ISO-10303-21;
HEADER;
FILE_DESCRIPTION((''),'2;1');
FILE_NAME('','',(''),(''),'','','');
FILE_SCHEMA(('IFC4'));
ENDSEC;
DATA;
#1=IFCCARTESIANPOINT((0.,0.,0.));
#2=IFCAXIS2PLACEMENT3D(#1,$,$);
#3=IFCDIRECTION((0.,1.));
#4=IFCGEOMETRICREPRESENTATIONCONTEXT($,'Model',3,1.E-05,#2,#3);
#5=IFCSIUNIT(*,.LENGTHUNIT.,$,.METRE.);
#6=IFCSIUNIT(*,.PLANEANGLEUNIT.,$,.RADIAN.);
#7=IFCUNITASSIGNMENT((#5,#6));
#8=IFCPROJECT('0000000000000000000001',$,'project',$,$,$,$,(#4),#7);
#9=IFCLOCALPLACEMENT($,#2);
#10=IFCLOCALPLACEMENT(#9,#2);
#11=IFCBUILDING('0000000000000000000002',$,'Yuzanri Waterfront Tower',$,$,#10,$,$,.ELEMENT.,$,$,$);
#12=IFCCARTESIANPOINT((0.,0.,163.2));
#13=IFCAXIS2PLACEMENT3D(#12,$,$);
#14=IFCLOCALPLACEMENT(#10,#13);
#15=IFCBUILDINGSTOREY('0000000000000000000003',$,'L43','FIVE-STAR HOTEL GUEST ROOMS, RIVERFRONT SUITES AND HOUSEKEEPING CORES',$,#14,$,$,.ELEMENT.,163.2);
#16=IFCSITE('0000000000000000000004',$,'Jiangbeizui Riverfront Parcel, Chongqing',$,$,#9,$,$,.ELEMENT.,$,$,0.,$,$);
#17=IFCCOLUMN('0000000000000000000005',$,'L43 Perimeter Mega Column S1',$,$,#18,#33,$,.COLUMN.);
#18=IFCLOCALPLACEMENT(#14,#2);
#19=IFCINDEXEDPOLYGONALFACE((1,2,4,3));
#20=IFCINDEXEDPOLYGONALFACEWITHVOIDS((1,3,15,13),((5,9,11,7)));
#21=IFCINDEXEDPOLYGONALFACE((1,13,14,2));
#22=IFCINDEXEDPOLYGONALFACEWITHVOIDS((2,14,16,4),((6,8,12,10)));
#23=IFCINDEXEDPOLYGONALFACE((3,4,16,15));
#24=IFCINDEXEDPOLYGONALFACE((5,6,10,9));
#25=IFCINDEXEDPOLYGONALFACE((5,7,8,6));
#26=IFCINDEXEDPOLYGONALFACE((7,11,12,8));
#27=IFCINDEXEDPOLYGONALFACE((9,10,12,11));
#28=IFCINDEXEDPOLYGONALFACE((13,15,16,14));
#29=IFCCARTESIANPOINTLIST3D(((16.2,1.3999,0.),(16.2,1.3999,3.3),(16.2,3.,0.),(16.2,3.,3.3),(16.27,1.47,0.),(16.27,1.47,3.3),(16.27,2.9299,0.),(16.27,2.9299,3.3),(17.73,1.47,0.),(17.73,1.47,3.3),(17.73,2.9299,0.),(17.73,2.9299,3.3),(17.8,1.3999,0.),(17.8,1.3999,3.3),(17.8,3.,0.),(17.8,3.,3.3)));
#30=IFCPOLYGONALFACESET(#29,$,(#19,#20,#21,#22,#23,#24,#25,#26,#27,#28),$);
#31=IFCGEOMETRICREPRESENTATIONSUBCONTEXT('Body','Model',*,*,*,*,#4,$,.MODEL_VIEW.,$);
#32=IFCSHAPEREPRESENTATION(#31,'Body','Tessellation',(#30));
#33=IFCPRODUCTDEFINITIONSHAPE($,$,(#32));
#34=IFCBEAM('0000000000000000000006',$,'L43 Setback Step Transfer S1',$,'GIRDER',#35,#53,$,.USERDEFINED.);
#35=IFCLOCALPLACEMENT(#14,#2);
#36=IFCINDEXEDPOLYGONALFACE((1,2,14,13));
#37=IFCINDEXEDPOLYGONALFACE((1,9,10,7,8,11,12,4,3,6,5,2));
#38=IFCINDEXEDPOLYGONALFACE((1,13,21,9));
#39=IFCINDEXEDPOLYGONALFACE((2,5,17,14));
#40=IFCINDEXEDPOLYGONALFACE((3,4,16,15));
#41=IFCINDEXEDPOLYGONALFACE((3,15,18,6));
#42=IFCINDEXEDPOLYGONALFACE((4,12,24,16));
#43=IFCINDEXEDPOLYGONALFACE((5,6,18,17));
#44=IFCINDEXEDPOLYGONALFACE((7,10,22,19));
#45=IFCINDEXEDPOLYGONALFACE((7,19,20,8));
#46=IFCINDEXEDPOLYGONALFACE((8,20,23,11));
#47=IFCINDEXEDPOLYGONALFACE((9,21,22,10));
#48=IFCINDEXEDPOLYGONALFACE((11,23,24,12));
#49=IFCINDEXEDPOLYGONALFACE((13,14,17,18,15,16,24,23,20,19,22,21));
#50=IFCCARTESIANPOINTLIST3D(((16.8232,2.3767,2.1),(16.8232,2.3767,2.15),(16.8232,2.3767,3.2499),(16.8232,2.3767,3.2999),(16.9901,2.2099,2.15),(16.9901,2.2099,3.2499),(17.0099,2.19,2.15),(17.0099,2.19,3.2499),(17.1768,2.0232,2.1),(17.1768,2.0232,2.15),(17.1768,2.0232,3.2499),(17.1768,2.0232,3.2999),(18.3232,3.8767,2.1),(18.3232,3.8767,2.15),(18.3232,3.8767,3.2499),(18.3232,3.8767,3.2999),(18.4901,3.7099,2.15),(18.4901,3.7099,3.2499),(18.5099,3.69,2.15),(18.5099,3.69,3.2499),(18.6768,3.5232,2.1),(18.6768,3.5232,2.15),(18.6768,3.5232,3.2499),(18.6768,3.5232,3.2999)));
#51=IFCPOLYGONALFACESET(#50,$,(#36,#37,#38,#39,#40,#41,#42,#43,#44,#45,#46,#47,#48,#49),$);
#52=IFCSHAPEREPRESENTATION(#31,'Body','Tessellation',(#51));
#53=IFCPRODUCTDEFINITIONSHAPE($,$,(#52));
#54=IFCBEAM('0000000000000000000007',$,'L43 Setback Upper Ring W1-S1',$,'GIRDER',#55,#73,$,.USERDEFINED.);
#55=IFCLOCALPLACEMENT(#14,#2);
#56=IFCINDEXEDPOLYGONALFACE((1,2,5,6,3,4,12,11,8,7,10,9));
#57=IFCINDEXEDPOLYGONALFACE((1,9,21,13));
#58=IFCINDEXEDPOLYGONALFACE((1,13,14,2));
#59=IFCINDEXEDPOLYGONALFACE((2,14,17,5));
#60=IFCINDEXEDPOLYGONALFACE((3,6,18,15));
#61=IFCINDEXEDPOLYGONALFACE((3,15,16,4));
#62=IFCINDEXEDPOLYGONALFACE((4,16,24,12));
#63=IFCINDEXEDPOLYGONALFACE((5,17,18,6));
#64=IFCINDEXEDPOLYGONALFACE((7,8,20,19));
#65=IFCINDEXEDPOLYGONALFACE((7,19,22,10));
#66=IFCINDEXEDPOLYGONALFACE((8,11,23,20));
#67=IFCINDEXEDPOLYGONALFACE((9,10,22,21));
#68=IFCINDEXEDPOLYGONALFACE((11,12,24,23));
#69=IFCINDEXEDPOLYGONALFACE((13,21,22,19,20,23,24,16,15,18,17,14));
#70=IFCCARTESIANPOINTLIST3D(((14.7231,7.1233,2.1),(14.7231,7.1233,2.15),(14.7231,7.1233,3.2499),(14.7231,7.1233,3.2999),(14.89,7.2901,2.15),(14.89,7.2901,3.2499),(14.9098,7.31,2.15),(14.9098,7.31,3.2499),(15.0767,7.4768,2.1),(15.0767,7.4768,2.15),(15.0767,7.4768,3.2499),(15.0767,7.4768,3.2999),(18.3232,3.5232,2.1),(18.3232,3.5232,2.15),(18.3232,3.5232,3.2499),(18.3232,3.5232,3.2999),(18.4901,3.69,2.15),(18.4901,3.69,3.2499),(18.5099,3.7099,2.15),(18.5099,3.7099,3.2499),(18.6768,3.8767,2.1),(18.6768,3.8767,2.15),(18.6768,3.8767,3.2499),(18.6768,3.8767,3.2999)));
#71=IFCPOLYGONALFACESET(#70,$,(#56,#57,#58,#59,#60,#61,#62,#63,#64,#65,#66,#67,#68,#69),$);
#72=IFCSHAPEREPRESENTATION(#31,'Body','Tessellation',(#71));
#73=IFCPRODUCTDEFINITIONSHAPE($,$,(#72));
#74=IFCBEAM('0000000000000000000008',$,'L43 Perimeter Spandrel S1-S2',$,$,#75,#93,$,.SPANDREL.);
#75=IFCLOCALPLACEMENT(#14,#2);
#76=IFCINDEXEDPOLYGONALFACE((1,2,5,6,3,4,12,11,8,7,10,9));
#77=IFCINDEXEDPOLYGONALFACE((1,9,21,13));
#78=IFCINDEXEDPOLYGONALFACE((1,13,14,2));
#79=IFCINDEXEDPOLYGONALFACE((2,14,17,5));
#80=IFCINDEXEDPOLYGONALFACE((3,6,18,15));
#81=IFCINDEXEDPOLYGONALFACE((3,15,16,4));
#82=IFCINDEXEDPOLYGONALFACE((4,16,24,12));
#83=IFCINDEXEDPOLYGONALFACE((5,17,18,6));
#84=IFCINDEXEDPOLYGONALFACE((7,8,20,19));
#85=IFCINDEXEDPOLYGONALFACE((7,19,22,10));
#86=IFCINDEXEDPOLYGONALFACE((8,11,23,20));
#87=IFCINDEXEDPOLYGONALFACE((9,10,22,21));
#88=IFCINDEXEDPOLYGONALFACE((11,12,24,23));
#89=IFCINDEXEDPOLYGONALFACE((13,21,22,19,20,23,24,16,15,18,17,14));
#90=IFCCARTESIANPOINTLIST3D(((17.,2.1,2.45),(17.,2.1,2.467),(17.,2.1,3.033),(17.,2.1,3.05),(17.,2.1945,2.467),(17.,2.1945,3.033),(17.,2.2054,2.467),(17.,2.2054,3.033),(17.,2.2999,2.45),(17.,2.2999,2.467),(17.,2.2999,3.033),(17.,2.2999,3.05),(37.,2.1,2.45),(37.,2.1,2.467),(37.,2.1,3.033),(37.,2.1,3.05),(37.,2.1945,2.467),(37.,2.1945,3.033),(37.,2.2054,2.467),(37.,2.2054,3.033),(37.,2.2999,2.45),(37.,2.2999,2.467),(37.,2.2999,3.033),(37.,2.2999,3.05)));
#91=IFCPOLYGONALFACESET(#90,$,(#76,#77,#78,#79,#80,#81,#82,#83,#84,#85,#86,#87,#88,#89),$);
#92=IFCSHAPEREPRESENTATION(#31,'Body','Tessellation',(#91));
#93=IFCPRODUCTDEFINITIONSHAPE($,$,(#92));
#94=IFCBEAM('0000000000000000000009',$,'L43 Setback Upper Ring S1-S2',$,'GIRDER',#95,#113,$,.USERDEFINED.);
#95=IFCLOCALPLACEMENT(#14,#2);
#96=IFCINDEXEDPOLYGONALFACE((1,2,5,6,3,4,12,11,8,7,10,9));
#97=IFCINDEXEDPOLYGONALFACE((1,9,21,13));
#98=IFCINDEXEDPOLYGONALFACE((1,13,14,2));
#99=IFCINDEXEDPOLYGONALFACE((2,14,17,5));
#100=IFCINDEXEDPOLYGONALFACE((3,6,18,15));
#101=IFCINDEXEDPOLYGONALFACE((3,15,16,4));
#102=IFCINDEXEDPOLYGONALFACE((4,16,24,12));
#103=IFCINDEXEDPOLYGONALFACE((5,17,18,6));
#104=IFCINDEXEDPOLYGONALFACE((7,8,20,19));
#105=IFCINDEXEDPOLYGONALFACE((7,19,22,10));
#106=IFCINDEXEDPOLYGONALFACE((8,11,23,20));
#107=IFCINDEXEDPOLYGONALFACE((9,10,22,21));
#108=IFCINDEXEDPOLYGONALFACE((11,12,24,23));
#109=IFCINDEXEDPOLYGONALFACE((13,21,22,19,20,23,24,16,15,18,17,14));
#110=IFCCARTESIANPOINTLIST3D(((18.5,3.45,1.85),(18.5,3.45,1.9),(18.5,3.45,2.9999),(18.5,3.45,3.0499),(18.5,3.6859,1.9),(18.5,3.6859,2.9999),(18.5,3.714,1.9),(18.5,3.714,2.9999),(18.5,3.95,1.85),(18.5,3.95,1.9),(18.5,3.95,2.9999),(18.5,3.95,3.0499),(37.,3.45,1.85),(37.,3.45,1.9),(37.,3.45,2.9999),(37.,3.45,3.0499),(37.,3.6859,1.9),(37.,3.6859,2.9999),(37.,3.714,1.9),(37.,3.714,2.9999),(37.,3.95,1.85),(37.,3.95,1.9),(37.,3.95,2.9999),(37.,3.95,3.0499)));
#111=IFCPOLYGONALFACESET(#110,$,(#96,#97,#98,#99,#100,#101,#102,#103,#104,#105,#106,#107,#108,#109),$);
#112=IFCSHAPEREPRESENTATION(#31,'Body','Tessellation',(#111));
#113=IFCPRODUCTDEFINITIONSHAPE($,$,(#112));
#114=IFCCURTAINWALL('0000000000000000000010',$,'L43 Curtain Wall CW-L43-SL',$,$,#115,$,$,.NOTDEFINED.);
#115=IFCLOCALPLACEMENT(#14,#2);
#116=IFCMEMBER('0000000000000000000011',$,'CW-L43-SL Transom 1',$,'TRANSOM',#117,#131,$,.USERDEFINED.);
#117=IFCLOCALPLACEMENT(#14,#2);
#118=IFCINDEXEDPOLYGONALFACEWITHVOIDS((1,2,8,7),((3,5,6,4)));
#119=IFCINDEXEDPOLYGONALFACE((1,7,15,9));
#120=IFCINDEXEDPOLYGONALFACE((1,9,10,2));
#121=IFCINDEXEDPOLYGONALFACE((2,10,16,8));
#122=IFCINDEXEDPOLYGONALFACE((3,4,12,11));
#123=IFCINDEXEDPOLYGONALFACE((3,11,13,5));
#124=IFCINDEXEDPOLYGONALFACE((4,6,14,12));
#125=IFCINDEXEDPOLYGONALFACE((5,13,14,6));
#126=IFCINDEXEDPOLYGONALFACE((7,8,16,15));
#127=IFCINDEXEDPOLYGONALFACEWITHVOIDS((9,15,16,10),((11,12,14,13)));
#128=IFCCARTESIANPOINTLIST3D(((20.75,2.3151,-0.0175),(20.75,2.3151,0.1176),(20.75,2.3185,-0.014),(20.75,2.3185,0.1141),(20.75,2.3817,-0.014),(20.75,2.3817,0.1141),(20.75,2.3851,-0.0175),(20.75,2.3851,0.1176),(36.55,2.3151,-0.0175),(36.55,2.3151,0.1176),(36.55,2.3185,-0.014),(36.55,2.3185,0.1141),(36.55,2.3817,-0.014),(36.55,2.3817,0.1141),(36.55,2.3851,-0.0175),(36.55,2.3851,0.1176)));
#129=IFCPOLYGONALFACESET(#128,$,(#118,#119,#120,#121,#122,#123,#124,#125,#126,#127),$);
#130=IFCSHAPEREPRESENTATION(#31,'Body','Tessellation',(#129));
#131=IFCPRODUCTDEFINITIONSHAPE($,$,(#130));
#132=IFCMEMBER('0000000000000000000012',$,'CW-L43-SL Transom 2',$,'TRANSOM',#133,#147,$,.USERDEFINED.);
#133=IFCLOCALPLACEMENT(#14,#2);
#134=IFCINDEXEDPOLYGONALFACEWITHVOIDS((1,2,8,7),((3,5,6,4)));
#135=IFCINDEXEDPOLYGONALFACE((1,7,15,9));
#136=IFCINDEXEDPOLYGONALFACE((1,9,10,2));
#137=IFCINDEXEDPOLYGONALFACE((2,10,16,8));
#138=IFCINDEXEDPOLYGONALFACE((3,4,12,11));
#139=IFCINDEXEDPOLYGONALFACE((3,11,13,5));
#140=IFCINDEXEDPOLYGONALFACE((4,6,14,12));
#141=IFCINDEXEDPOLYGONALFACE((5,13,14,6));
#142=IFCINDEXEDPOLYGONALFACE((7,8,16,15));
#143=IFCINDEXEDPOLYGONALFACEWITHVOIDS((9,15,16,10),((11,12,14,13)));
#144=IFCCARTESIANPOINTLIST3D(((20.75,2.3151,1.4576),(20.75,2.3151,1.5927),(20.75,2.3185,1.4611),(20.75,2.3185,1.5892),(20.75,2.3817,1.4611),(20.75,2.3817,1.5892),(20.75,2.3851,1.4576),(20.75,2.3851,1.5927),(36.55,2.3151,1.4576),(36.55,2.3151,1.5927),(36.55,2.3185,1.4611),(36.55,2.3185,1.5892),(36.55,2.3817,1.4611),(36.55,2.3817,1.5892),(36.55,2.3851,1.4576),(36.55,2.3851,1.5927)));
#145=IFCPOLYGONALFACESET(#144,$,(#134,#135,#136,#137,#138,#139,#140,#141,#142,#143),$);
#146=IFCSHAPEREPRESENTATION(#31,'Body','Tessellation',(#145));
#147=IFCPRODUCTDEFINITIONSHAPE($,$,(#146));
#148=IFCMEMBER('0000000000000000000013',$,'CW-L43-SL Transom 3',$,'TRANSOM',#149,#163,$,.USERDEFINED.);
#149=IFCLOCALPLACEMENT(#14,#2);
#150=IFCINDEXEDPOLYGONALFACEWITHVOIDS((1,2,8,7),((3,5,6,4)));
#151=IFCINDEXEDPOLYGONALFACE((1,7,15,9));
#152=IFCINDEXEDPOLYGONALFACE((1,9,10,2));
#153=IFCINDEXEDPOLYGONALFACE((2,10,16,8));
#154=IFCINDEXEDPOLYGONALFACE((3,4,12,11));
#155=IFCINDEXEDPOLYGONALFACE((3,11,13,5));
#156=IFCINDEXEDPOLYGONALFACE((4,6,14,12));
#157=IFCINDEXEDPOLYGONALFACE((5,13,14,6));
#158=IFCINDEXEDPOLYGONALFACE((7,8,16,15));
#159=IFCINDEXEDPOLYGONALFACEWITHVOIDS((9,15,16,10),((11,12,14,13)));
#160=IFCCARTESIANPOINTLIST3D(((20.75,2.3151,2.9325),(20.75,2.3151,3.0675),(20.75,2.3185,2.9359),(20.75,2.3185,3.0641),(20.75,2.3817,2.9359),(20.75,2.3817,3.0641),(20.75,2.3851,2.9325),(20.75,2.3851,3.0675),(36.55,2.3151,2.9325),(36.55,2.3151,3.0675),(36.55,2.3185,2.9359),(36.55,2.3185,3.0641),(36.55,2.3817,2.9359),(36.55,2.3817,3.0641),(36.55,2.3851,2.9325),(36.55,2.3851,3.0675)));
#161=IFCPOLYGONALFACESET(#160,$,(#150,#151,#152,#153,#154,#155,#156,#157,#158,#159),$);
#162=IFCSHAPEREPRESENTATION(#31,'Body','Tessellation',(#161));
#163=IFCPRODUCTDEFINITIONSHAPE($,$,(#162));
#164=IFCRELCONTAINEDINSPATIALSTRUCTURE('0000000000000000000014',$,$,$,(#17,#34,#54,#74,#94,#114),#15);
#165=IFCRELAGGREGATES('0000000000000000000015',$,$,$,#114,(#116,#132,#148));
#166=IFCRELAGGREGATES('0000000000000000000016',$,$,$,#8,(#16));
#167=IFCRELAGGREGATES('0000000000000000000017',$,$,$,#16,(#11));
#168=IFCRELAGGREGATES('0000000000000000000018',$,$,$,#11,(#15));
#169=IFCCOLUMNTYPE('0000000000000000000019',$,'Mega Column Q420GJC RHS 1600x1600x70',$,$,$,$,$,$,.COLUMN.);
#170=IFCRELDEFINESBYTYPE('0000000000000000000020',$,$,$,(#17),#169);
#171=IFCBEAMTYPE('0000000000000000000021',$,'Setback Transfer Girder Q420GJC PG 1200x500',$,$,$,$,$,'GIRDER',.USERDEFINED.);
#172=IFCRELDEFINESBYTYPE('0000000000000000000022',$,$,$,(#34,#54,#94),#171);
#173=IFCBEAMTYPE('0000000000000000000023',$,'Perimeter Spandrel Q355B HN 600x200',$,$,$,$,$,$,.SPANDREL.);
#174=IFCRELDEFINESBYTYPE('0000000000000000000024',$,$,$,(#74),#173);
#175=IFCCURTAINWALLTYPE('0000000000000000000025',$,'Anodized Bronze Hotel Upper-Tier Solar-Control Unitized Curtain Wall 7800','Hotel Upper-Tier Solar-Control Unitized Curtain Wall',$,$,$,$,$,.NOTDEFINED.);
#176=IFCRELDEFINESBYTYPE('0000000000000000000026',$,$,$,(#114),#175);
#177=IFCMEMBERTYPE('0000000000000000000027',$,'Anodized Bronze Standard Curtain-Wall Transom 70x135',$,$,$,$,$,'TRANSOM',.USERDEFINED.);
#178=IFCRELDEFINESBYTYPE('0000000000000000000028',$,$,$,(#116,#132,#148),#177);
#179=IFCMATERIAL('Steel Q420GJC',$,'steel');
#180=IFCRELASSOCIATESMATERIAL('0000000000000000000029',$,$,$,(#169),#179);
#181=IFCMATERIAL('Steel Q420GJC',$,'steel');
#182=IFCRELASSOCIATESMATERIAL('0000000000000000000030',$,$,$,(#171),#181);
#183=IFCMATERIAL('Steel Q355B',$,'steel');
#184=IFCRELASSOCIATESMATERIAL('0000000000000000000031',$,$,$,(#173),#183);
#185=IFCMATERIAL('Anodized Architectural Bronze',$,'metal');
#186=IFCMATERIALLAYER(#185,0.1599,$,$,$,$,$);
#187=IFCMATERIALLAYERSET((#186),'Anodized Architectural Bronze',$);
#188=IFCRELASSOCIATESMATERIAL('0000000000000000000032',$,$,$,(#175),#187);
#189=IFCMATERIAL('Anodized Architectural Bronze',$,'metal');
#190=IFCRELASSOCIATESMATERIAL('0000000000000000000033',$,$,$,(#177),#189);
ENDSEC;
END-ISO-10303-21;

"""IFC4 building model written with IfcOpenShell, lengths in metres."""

from ifc_helpers import new_model, si_unit, direction, frame, origin, origin_2d, place, context, subcontext, project, spatial, hollow_rectangle, i_section, extrude, source, transform, mapped, material, layer, layer_set, material_profile, profile_set, type_object, element, aggregate, save


model = new_model("IFC4")

# Units and contexts
model_context = context("Model", 3, precision=1e-05, world=origin(), true_north=direction((0.0, 1.0)))
body_context = subcontext(model_context, "Body", "Model", "MODEL_VIEW")
ifc_project = project(units=[si_unit("LENGTHUNIT", "METRE"), si_unit("PLANEANGLEUNIT", "RADIAN")], contexts=[model_context])

# Site, building, storey
site_placement = place(None, origin())
site = spatial("IfcSite", under=ifc_project, at=site_placement, Name="Jiangbeizui Riverfront Parcel, Chongqing", CompositionType="ELEMENT", RefElevation=0.0)
building_placement = place(site_placement, origin())
building = spatial("IfcBuilding", under=site, at=building_placement, Name="Yuzanri Waterfront Tower", CompositionType="ELEMENT")
storey_placement = place(building_placement, frame((0.0, 0.0, 163.2)))
storey = spatial("IfcBuildingStorey", under=building, at=storey_placement, Name="L43", Description="FIVE-STAR HOTEL GUEST ROOMS, RIVERFRONT SUITES AND HOUSEKEEPING CORES", CompositionType="ELEMENT", Elevation=163.2)

# Column
ifc_material_1 = material(Name="Steel Q420GJC", Category="steel")
ifc_material_profile_1 = material_profile(ifc_material_1, hollow_rectangle(XDim=1.6001, YDim=1.6001, WallThickness=0.0701, at=origin_2d()), Name="RHS 1600x1600x70")
ifc_profile_set_1 = profile_set([ifc_material_profile_1], Name="Steel Q420GJC")
column_type = type_object("IfcColumnType", Name="Mega Column Q420GJC RHS 1600x1600x70", PredefinedType="COLUMN", material=ifc_profile_set_1)
shared_shape_1 = source(origin(), body_context, "Body", "SweptSolid", [
    extrude(hollow_rectangle(XDim=1.6001, YDim=1.6001, WallThickness=0.0701, at=origin_2d()), origin(), (0.0, 0.0, 1.0), 3.3),
])
column_placement = place(storey_placement, frame((17.0, 2.2, 0.0), z_axis=(0.0, 0.0, 1.0), x_axis=(1.0, 0.0, 0.0)))
element("IfcColumn", 1, at=column_placement, inside=storey, type_object=column_type, Name="L43 Perimeter Mega Column S1", PredefinedType="COLUMN", context=body_context, shape_type="MappedRepresentation", body=[
    mapped(shared_shape_1, transform((0.0, 0.0, 0.0), scale=1.0)),
])

# Beams
ifc_material_2 = material(Name="Steel Q420GJC", Category="steel")
ifc_material_profile_2 = material_profile(ifc_material_2, i_section(OverallWidth=0.5, OverallDepth=1.2, WebThickness=0.0281, FlangeThickness=0.05, at=origin_2d()), Name="PG 1200x500x28x50")
ifc_profile_set_2 = profile_set([ifc_material_profile_2], Name="Steel Q420GJC")
beam_type_1 = type_object("IfcBeamType", Name="Setback Transfer Girder Q420GJC PG 1200x500", ElementType="GIRDER", PredefinedType="USERDEFINED", material=ifc_profile_set_2)
shared_shape_2 = source(origin(), body_context, "Body", "SweptSolid", [
    extrude(i_section(OverallWidth=0.5, OverallDepth=1.2, WebThickness=0.0281, FlangeThickness=0.05, at=origin_2d()), origin(), (0.0, 0.0, 1.0), 2.1213),
])
beam_1_placement = place(storey_placement, frame((18.5, 3.7, 2.7), z_axis=(-0.707107, -0.707107, 0.0), x_axis=(0.707107, -0.707107, 0.0)))
element("IfcBeam", 2, at=beam_1_placement, inside=storey, type_object=beam_type_1, Name="L43 Setback Step Transfer S1", ObjectType="GIRDER", PredefinedType="USERDEFINED", context=body_context, shape_type="MappedRepresentation", body=[
    mapped(shared_shape_2, transform((0.0, 0.0, 0.0), scale=1.0)),
])
shared_shape_3 = source(origin(), body_context, "Body", "SweptSolid", [
    extrude(i_section(OverallWidth=0.5, OverallDepth=1.2, WebThickness=0.0281, FlangeThickness=0.05, at=origin_2d()), origin(), (0.0, 0.0, 1.0), 5.0913),
])
beam_2_placement = place(storey_placement, frame((14.8999, 7.3, 2.7), z_axis=(0.707107, -0.707107, 0.0), x_axis=(0.707107, 0.707107, 0.0)))
element("IfcBeam", 3, at=beam_2_placement, inside=storey, type_object=beam_type_1, Name="L43 Setback Upper Ring W1-S1", ObjectType="GIRDER", PredefinedType="USERDEFINED", context=body_context, shape_type="MappedRepresentation", body=[
    mapped(shared_shape_3, transform((0.0, 0.0, 0.0), scale=1.0)),
])
ifc_material_3 = material(Name="Steel Q355B", Category="steel")
ifc_material_profile_3 = material_profile(ifc_material_3, i_section(OverallWidth=0.2, OverallDepth=0.6001, WebThickness=0.011, FlangeThickness=0.0171, at=origin_2d()), Name="HN 600x200x11x17")
ifc_profile_set_3 = profile_set([ifc_material_profile_3], Name="Steel Q355B")
beam_type_2 = type_object("IfcBeamType", Name="Perimeter Spandrel Q355B HN 600x200", PredefinedType="SPANDREL", material=ifc_profile_set_3)
shared_shape_4 = source(origin(), body_context, "Body", "SweptSolid", [
    extrude(i_section(OverallWidth=0.2, OverallDepth=0.6001, WebThickness=0.011, FlangeThickness=0.0171, at=origin_2d()), origin(), (0.0, 0.0, 1.0), 20.0),
])
beam_3_placement = place(storey_placement, frame((17.0, 2.2, 2.75), z_axis=(1.0, 0.0, 0.0), x_axis=(0.0, 1.0, 0.0)))
element("IfcBeam", 4, at=beam_3_placement, inside=storey, type_object=beam_type_2, Name="L43 Perimeter Spandrel S1-S2", PredefinedType="SPANDREL", context=body_context, shape_type="MappedRepresentation", body=[
    mapped(shared_shape_4, transform((0.0, 0.0, 0.0), scale=1.0)),
])
shared_shape_5 = source(origin(), body_context, "Body", "SweptSolid", [
    extrude(i_section(OverallWidth=0.5, OverallDepth=1.2, WebThickness=0.0281, FlangeThickness=0.05, at=origin_2d()), origin(), (0.0, 0.0, 1.0), 18.5),
])
beam_4_placement = place(storey_placement, frame((18.5, 3.7, 2.45), z_axis=(1.0, 0.0, 0.0), x_axis=(0.0, 1.0, 0.0)))
element("IfcBeam", 5, at=beam_4_placement, inside=storey, type_object=beam_type_1, Name="L43 Setback Upper Ring S1-S2", ObjectType="GIRDER", PredefinedType="USERDEFINED", context=body_context, shape_type="MappedRepresentation", body=[
    mapped(shared_shape_5, transform((0.0, 0.0, 0.0), scale=1.0)),
])

# Curtain wall, members
ifc_material_4 = material(Name="Anodized Architectural Bronze", Category="metal")
ifc_layer_1 = layer(ifc_material_4, 0.1599)
ifc_layer_set_1 = layer_set([ifc_layer_1], Name="Anodized Architectural Bronze")
curtain_wall_type = type_object("IfcCurtainWallType", Name="Anodized Bronze Hotel Upper-Tier Solar-Control Unitized Curtain Wall 7800", Description="Hotel Upper-Tier Solar-Control Unitized Curtain Wall", PredefinedType="NOTDEFINED", material=ifc_layer_set_1)
curtain_wall_placement = place(storey_placement, origin())
curtain_wall = element("IfcCurtainWall", 6, at=curtain_wall_placement, inside=storey, type_object=curtain_wall_type, Name="L43 Curtain Wall CW-L43-SL", PredefinedType="NOTDEFINED")
ifc_material_5 = material(Name="Anodized Architectural Bronze", Category="metal")
ifc_material_profile_4 = material_profile(ifc_material_5, hollow_rectangle(XDim=0.0701, YDim=0.135, WallThickness=0.0034, at=origin_2d()), Name="CWT 70x135")
ifc_profile_set_4 = profile_set([ifc_material_profile_4], Name="Anodized Architectural Bronze")
member_type_1 = type_object("IfcMemberType", Name="Anodized Bronze Standard Curtain-Wall Transom 70x135", ElementType="TRANSOM", PredefinedType="USERDEFINED", material=ifc_profile_set_4)
shared_shape_6 = source(origin(), body_context, "Body", "SweptSolid", [
    extrude(hollow_rectangle(XDim=0.0701, YDim=0.135, WallThickness=0.0034, at=origin_2d()), origin(), (0.0, 0.0, 1.0), 15.8),
])
member_1_placement = place(storey_placement, frame((20.75, 2.3501, 0.05), z_axis=(1.0, 0.0, 0.0), x_axis=(0.0, 1.0, 0.0)))
member_1 = element("IfcMember", 7, at=member_1_placement, type_object=member_type_1, Name="CW-L43-SL Transom 1", ObjectType="TRANSOM", PredefinedType="USERDEFINED", context=body_context, shape_type="MappedRepresentation", body=[
    mapped(shared_shape_6, transform((0.0, 0.0, 0.0), scale=1.0)),
])
member_2_placement = place(storey_placement, frame((20.75, 2.3501, 1.5251), z_axis=(1.0, 0.0, 0.0), x_axis=(0.0, 1.0, 0.0)))
member_2 = element("IfcMember", 8, at=member_2_placement, type_object=member_type_1, Name="CW-L43-SL Transom 2", ObjectType="TRANSOM", PredefinedType="USERDEFINED", context=body_context, shape_type="MappedRepresentation", body=[
    mapped(shared_shape_6, transform((0.0, 0.0, 0.0), scale=1.0)),
])
member_3_placement = place(storey_placement, frame((20.75, 2.3501, 3.0), z_axis=(1.0, 0.0, 0.0), x_axis=(0.0, 1.0, 0.0)))
member_3 = element("IfcMember", 9, at=member_3_placement, type_object=member_type_1, Name="CW-L43-SL Transom 3", ObjectType="TRANSOM", PredefinedType="USERDEFINED", context=body_context, shape_type="MappedRepresentation", body=[
    mapped(shared_shape_6, transform((0.0, 0.0, 0.0), scale=1.0)),
])
aggregate(curtain_wall, [member_1, member_2, member_3])

save(model, "model.ifc")
